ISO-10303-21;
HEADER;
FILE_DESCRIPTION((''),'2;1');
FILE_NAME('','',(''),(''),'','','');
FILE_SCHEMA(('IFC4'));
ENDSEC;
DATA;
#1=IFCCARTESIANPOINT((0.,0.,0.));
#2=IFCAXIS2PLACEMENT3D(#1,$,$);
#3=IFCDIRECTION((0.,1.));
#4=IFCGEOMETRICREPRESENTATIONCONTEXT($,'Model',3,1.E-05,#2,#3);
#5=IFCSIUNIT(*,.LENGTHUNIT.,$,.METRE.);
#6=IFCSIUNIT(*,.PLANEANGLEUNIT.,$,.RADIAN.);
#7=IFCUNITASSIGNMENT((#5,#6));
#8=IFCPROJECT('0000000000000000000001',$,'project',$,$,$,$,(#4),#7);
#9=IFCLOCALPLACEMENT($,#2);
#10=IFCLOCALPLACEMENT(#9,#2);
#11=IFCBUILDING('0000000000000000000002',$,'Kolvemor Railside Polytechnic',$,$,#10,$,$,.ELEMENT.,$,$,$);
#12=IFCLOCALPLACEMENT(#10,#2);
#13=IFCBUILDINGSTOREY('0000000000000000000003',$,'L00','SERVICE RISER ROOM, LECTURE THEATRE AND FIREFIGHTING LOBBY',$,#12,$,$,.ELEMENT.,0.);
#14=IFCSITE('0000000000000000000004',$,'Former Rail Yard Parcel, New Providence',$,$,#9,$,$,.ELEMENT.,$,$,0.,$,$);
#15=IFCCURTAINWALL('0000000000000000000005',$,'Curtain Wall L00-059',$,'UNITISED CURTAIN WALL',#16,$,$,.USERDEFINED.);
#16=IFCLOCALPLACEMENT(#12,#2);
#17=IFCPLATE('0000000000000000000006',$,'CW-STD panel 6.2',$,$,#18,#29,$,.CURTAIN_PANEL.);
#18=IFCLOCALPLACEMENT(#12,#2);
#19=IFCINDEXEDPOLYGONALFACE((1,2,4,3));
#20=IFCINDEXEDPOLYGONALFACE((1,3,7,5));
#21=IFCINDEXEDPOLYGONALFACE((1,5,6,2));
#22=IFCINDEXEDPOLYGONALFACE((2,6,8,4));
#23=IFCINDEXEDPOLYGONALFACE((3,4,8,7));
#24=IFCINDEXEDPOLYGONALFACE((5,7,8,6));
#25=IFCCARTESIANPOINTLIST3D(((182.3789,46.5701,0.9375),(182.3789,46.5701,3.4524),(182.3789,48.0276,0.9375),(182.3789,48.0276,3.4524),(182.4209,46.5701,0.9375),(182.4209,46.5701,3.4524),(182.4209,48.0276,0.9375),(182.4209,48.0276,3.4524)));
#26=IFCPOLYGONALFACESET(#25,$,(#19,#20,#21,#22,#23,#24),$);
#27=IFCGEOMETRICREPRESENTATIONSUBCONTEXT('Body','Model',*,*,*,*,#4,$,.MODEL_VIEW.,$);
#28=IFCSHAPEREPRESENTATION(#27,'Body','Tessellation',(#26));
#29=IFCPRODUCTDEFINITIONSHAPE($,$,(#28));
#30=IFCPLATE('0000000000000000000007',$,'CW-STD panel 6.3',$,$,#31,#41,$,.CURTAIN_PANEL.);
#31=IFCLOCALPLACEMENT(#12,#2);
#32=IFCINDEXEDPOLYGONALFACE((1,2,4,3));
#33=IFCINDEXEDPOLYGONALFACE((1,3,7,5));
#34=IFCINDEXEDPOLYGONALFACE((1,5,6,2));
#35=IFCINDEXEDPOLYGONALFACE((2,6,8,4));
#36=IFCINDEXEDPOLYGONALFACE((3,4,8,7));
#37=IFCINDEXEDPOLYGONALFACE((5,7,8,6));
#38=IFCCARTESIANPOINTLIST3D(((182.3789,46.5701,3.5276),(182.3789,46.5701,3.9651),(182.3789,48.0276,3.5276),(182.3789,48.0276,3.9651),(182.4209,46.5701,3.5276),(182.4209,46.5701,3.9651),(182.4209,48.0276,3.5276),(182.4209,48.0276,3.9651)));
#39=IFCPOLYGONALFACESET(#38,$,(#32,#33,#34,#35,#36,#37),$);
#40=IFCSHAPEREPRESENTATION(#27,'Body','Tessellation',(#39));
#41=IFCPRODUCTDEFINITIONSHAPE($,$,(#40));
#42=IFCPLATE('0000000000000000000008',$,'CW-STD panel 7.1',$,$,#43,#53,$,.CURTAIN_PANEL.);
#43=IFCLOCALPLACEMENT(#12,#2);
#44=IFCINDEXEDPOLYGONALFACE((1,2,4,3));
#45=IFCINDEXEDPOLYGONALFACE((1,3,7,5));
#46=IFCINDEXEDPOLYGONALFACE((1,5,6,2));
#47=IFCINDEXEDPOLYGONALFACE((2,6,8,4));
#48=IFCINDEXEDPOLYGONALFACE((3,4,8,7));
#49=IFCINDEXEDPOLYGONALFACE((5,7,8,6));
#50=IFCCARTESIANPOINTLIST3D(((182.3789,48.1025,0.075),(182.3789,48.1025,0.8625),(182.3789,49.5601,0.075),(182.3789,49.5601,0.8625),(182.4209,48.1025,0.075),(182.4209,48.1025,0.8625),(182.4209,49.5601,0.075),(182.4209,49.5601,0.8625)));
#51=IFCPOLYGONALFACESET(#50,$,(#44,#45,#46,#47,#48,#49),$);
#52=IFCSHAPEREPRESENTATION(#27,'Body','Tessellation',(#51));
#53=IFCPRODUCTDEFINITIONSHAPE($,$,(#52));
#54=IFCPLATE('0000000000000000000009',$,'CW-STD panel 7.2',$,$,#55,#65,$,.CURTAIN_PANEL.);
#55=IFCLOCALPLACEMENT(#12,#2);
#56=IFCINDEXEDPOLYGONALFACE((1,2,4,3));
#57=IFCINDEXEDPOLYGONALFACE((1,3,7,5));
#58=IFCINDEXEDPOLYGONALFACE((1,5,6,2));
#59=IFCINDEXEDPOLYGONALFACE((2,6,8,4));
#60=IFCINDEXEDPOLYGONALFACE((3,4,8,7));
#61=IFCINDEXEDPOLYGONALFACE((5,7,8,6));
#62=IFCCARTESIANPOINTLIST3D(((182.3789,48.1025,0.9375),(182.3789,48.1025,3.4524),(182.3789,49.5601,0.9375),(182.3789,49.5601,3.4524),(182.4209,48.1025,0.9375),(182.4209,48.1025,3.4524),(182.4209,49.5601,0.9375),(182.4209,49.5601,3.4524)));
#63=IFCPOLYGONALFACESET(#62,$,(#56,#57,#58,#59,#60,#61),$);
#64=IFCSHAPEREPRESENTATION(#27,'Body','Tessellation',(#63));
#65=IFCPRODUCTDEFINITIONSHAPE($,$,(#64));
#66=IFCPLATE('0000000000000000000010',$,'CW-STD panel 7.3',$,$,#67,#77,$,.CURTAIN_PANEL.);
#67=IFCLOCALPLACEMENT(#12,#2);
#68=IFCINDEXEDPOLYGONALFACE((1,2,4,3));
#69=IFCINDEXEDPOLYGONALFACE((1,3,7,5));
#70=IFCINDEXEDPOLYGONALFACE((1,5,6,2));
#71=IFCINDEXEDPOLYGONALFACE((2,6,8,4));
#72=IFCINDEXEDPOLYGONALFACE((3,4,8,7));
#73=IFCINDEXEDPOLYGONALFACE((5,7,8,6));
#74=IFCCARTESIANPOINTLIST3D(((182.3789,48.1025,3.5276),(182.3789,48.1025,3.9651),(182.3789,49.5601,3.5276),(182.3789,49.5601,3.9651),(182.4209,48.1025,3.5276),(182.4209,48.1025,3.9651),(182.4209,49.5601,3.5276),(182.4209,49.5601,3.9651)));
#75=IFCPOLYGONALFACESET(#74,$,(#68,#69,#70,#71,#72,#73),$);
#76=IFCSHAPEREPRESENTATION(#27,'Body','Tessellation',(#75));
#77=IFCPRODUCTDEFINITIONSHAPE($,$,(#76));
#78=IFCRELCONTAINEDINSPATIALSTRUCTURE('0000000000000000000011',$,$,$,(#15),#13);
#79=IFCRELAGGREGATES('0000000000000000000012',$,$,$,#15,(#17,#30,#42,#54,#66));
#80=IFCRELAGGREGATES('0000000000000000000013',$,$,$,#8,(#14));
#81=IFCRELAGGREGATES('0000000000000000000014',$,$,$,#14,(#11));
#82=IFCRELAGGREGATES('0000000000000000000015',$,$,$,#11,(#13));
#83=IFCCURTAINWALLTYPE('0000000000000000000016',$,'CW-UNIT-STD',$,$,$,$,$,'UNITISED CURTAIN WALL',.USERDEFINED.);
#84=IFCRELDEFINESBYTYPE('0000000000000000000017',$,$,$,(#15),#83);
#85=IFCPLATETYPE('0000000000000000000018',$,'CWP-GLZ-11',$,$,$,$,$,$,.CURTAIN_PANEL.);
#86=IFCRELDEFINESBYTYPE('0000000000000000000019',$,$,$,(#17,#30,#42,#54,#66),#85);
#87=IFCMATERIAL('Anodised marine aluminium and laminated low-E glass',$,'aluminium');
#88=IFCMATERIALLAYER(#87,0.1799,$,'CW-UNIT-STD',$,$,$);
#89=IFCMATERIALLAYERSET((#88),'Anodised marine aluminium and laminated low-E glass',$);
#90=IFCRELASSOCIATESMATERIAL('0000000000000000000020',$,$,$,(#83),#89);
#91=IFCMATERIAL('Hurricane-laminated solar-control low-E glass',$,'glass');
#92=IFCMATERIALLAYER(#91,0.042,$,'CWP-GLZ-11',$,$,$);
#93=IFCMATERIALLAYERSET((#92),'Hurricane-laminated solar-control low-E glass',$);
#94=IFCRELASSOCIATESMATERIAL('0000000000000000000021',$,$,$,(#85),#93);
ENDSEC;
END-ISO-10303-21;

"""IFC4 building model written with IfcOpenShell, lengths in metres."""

from ifc_helpers import new_model, si_unit, direction, frame, origin, origin_2d, place, context, subcontext, project, spatial, rectangle, extrude, material, layer, layer_set, type_object, element, aggregate, save


model = new_model("IFC4")

# Units and contexts
model_context = context("Model", 3, precision=1e-05, world=origin(), true_north=direction((0.0, 1.0)))
body_context = subcontext(model_context, "Body", "Model", "MODEL_VIEW")
ifc_project = project(units=[si_unit("LENGTHUNIT", "METRE"), si_unit("PLANEANGLEUNIT", "RADIAN")], contexts=[model_context])

# Site, building, storey
site_placement = place(None, origin())
site = spatial("IfcSite", under=ifc_project, at=site_placement, Name="Former Rail Yard Parcel, New Providence", CompositionType="ELEMENT", RefElevation=0.0)
building_placement = place(site_placement, origin())
building = spatial("IfcBuilding", under=site, at=building_placement, Name="Kolvemor Railside Polytechnic", CompositionType="ELEMENT")
storey_placement = place(building_placement, origin())
storey = spatial("IfcBuildingStorey", under=building, at=storey_placement, Name="L00", Description="SERVICE RISER ROOM, LECTURE THEATRE AND FIREFIGHTING LOBBY", CompositionType="ELEMENT", Elevation=0.0)

# Curtain wall, plates
ifc_material_1 = material(Name="Anodised marine aluminium and laminated low-E glass", Category="aluminium")
ifc_layer_1 = layer(ifc_material_1, 0.1799, Name="CW-UNIT-STD")
ifc_layer_set_1 = layer_set([ifc_layer_1], Name="Anodised marine aluminium and laminated low-E glass")
curtain_wall_type = type_object("IfcCurtainWallType", Name="CW-UNIT-STD", ElementType="UNITISED CURTAIN WALL", PredefinedType="USERDEFINED", material=ifc_layer_set_1)
curtain_wall_placement = place(storey_placement, origin())
curtain_wall = element("IfcCurtainWall", 1, at=curtain_wall_placement, inside=storey, type_object=curtain_wall_type, Name="Curtain Wall L00-059", ObjectType="UNITISED CURTAIN WALL", PredefinedType="USERDEFINED")
ifc_material_2 = material(Name="Hurricane-laminated solar-control low-E glass", Category="glass")
ifc_layer_2 = layer(ifc_material_2, 0.042, Name="CWP-GLZ-11")
ifc_layer_set_2 = layer_set([ifc_layer_2], Name="Hurricane-laminated solar-control low-E glass")
plate_type = type_object("IfcPlateType", Name="CWP-GLZ-11", PredefinedType="CURTAIN_PANEL", material=ifc_layer_set_2)
plate_1_placement = place(storey_placement, frame((182.3999, 47.2988, 0.9375), z_axis=(0.0, 0.0, 1.0), x_axis=(0.0, 1.0, 0.0)))
plate_1 = element("IfcPlate", 2, at=plate_1_placement, type_object=plate_type, Name="CW-STD panel 6.2", PredefinedType="CURTAIN_PANEL", context=body_context, shape_type="SweptSolid", body=[
    extrude(rectangle(XDim=1.4575, YDim=0.042, at=origin_2d()), origin(), (0.0, 0.0, 1.0), 2.5149),
])
plate_2_placement = place(storey_placement, frame((182.3999, 47.2988, 3.5276), z_axis=(0.0, 0.0, 1.0), x_axis=(0.0, 1.0, 0.0)))
plate_2 = element("IfcPlate", 3, at=plate_2_placement, type_object=plate_type, Name="CW-STD panel 6.3", PredefinedType="CURTAIN_PANEL", context=body_context, shape_type="SweptSolid", body=[
    extrude(rectangle(XDim=1.4575, YDim=0.042, at=origin_2d()), origin(), (0.0, 0.0, 1.0), 0.4375),
])
plate_3_placement = place(storey_placement, frame((182.3999, 48.8313, 0.075), z_axis=(0.0, 0.0, 1.0), x_axis=(0.0, 1.0, 0.0)))
plate_3 = element("IfcPlate", 4, at=plate_3_placement, type_object=plate_type, Name="CW-STD panel 7.1", PredefinedType="CURTAIN_PANEL", context=body_context, shape_type="SweptSolid", body=[
    extrude(rectangle(XDim=1.4575, YDim=0.042, at=origin_2d()), origin(), (0.0, 0.0, 1.0), 0.7876),
])
plate_4_placement = place(storey_placement, frame((182.3999, 48.8313, 0.9375), z_axis=(0.0, 0.0, 1.0), x_axis=(0.0, 1.0, 0.0)))
plate_4 = element("IfcPlate", 5, at=plate_4_placement, type_object=plate_type, Name="CW-STD panel 7.2", PredefinedType="CURTAIN_PANEL", context=body_context, shape_type="SweptSolid", body=[
    extrude(rectangle(XDim=1.4575, YDim=0.042, at=origin_2d()), origin(), (0.0, 0.0, 1.0), 2.5149),
])
plate_5_placement = place(storey_placement, frame((182.3999, 48.8313, 3.5276), z_axis=(0.0, 0.0, 1.0), x_axis=(0.0, 1.0, 0.0)))
plate_5 = element("IfcPlate", 6, at=plate_5_placement, type_object=plate_type, Name="CW-STD panel 7.3", PredefinedType="CURTAIN_PANEL", context=body_context, shape_type="SweptSolid", body=[
    extrude(rectangle(XDim=1.4575, YDim=0.042, at=origin_2d()), origin(), (0.0, 0.0, 1.0), 0.4375),
])
aggregate(curtain_wall, [plate_1, plate_2, plate_3, plate_4, plate_5])

save(model, "model.ifc")
